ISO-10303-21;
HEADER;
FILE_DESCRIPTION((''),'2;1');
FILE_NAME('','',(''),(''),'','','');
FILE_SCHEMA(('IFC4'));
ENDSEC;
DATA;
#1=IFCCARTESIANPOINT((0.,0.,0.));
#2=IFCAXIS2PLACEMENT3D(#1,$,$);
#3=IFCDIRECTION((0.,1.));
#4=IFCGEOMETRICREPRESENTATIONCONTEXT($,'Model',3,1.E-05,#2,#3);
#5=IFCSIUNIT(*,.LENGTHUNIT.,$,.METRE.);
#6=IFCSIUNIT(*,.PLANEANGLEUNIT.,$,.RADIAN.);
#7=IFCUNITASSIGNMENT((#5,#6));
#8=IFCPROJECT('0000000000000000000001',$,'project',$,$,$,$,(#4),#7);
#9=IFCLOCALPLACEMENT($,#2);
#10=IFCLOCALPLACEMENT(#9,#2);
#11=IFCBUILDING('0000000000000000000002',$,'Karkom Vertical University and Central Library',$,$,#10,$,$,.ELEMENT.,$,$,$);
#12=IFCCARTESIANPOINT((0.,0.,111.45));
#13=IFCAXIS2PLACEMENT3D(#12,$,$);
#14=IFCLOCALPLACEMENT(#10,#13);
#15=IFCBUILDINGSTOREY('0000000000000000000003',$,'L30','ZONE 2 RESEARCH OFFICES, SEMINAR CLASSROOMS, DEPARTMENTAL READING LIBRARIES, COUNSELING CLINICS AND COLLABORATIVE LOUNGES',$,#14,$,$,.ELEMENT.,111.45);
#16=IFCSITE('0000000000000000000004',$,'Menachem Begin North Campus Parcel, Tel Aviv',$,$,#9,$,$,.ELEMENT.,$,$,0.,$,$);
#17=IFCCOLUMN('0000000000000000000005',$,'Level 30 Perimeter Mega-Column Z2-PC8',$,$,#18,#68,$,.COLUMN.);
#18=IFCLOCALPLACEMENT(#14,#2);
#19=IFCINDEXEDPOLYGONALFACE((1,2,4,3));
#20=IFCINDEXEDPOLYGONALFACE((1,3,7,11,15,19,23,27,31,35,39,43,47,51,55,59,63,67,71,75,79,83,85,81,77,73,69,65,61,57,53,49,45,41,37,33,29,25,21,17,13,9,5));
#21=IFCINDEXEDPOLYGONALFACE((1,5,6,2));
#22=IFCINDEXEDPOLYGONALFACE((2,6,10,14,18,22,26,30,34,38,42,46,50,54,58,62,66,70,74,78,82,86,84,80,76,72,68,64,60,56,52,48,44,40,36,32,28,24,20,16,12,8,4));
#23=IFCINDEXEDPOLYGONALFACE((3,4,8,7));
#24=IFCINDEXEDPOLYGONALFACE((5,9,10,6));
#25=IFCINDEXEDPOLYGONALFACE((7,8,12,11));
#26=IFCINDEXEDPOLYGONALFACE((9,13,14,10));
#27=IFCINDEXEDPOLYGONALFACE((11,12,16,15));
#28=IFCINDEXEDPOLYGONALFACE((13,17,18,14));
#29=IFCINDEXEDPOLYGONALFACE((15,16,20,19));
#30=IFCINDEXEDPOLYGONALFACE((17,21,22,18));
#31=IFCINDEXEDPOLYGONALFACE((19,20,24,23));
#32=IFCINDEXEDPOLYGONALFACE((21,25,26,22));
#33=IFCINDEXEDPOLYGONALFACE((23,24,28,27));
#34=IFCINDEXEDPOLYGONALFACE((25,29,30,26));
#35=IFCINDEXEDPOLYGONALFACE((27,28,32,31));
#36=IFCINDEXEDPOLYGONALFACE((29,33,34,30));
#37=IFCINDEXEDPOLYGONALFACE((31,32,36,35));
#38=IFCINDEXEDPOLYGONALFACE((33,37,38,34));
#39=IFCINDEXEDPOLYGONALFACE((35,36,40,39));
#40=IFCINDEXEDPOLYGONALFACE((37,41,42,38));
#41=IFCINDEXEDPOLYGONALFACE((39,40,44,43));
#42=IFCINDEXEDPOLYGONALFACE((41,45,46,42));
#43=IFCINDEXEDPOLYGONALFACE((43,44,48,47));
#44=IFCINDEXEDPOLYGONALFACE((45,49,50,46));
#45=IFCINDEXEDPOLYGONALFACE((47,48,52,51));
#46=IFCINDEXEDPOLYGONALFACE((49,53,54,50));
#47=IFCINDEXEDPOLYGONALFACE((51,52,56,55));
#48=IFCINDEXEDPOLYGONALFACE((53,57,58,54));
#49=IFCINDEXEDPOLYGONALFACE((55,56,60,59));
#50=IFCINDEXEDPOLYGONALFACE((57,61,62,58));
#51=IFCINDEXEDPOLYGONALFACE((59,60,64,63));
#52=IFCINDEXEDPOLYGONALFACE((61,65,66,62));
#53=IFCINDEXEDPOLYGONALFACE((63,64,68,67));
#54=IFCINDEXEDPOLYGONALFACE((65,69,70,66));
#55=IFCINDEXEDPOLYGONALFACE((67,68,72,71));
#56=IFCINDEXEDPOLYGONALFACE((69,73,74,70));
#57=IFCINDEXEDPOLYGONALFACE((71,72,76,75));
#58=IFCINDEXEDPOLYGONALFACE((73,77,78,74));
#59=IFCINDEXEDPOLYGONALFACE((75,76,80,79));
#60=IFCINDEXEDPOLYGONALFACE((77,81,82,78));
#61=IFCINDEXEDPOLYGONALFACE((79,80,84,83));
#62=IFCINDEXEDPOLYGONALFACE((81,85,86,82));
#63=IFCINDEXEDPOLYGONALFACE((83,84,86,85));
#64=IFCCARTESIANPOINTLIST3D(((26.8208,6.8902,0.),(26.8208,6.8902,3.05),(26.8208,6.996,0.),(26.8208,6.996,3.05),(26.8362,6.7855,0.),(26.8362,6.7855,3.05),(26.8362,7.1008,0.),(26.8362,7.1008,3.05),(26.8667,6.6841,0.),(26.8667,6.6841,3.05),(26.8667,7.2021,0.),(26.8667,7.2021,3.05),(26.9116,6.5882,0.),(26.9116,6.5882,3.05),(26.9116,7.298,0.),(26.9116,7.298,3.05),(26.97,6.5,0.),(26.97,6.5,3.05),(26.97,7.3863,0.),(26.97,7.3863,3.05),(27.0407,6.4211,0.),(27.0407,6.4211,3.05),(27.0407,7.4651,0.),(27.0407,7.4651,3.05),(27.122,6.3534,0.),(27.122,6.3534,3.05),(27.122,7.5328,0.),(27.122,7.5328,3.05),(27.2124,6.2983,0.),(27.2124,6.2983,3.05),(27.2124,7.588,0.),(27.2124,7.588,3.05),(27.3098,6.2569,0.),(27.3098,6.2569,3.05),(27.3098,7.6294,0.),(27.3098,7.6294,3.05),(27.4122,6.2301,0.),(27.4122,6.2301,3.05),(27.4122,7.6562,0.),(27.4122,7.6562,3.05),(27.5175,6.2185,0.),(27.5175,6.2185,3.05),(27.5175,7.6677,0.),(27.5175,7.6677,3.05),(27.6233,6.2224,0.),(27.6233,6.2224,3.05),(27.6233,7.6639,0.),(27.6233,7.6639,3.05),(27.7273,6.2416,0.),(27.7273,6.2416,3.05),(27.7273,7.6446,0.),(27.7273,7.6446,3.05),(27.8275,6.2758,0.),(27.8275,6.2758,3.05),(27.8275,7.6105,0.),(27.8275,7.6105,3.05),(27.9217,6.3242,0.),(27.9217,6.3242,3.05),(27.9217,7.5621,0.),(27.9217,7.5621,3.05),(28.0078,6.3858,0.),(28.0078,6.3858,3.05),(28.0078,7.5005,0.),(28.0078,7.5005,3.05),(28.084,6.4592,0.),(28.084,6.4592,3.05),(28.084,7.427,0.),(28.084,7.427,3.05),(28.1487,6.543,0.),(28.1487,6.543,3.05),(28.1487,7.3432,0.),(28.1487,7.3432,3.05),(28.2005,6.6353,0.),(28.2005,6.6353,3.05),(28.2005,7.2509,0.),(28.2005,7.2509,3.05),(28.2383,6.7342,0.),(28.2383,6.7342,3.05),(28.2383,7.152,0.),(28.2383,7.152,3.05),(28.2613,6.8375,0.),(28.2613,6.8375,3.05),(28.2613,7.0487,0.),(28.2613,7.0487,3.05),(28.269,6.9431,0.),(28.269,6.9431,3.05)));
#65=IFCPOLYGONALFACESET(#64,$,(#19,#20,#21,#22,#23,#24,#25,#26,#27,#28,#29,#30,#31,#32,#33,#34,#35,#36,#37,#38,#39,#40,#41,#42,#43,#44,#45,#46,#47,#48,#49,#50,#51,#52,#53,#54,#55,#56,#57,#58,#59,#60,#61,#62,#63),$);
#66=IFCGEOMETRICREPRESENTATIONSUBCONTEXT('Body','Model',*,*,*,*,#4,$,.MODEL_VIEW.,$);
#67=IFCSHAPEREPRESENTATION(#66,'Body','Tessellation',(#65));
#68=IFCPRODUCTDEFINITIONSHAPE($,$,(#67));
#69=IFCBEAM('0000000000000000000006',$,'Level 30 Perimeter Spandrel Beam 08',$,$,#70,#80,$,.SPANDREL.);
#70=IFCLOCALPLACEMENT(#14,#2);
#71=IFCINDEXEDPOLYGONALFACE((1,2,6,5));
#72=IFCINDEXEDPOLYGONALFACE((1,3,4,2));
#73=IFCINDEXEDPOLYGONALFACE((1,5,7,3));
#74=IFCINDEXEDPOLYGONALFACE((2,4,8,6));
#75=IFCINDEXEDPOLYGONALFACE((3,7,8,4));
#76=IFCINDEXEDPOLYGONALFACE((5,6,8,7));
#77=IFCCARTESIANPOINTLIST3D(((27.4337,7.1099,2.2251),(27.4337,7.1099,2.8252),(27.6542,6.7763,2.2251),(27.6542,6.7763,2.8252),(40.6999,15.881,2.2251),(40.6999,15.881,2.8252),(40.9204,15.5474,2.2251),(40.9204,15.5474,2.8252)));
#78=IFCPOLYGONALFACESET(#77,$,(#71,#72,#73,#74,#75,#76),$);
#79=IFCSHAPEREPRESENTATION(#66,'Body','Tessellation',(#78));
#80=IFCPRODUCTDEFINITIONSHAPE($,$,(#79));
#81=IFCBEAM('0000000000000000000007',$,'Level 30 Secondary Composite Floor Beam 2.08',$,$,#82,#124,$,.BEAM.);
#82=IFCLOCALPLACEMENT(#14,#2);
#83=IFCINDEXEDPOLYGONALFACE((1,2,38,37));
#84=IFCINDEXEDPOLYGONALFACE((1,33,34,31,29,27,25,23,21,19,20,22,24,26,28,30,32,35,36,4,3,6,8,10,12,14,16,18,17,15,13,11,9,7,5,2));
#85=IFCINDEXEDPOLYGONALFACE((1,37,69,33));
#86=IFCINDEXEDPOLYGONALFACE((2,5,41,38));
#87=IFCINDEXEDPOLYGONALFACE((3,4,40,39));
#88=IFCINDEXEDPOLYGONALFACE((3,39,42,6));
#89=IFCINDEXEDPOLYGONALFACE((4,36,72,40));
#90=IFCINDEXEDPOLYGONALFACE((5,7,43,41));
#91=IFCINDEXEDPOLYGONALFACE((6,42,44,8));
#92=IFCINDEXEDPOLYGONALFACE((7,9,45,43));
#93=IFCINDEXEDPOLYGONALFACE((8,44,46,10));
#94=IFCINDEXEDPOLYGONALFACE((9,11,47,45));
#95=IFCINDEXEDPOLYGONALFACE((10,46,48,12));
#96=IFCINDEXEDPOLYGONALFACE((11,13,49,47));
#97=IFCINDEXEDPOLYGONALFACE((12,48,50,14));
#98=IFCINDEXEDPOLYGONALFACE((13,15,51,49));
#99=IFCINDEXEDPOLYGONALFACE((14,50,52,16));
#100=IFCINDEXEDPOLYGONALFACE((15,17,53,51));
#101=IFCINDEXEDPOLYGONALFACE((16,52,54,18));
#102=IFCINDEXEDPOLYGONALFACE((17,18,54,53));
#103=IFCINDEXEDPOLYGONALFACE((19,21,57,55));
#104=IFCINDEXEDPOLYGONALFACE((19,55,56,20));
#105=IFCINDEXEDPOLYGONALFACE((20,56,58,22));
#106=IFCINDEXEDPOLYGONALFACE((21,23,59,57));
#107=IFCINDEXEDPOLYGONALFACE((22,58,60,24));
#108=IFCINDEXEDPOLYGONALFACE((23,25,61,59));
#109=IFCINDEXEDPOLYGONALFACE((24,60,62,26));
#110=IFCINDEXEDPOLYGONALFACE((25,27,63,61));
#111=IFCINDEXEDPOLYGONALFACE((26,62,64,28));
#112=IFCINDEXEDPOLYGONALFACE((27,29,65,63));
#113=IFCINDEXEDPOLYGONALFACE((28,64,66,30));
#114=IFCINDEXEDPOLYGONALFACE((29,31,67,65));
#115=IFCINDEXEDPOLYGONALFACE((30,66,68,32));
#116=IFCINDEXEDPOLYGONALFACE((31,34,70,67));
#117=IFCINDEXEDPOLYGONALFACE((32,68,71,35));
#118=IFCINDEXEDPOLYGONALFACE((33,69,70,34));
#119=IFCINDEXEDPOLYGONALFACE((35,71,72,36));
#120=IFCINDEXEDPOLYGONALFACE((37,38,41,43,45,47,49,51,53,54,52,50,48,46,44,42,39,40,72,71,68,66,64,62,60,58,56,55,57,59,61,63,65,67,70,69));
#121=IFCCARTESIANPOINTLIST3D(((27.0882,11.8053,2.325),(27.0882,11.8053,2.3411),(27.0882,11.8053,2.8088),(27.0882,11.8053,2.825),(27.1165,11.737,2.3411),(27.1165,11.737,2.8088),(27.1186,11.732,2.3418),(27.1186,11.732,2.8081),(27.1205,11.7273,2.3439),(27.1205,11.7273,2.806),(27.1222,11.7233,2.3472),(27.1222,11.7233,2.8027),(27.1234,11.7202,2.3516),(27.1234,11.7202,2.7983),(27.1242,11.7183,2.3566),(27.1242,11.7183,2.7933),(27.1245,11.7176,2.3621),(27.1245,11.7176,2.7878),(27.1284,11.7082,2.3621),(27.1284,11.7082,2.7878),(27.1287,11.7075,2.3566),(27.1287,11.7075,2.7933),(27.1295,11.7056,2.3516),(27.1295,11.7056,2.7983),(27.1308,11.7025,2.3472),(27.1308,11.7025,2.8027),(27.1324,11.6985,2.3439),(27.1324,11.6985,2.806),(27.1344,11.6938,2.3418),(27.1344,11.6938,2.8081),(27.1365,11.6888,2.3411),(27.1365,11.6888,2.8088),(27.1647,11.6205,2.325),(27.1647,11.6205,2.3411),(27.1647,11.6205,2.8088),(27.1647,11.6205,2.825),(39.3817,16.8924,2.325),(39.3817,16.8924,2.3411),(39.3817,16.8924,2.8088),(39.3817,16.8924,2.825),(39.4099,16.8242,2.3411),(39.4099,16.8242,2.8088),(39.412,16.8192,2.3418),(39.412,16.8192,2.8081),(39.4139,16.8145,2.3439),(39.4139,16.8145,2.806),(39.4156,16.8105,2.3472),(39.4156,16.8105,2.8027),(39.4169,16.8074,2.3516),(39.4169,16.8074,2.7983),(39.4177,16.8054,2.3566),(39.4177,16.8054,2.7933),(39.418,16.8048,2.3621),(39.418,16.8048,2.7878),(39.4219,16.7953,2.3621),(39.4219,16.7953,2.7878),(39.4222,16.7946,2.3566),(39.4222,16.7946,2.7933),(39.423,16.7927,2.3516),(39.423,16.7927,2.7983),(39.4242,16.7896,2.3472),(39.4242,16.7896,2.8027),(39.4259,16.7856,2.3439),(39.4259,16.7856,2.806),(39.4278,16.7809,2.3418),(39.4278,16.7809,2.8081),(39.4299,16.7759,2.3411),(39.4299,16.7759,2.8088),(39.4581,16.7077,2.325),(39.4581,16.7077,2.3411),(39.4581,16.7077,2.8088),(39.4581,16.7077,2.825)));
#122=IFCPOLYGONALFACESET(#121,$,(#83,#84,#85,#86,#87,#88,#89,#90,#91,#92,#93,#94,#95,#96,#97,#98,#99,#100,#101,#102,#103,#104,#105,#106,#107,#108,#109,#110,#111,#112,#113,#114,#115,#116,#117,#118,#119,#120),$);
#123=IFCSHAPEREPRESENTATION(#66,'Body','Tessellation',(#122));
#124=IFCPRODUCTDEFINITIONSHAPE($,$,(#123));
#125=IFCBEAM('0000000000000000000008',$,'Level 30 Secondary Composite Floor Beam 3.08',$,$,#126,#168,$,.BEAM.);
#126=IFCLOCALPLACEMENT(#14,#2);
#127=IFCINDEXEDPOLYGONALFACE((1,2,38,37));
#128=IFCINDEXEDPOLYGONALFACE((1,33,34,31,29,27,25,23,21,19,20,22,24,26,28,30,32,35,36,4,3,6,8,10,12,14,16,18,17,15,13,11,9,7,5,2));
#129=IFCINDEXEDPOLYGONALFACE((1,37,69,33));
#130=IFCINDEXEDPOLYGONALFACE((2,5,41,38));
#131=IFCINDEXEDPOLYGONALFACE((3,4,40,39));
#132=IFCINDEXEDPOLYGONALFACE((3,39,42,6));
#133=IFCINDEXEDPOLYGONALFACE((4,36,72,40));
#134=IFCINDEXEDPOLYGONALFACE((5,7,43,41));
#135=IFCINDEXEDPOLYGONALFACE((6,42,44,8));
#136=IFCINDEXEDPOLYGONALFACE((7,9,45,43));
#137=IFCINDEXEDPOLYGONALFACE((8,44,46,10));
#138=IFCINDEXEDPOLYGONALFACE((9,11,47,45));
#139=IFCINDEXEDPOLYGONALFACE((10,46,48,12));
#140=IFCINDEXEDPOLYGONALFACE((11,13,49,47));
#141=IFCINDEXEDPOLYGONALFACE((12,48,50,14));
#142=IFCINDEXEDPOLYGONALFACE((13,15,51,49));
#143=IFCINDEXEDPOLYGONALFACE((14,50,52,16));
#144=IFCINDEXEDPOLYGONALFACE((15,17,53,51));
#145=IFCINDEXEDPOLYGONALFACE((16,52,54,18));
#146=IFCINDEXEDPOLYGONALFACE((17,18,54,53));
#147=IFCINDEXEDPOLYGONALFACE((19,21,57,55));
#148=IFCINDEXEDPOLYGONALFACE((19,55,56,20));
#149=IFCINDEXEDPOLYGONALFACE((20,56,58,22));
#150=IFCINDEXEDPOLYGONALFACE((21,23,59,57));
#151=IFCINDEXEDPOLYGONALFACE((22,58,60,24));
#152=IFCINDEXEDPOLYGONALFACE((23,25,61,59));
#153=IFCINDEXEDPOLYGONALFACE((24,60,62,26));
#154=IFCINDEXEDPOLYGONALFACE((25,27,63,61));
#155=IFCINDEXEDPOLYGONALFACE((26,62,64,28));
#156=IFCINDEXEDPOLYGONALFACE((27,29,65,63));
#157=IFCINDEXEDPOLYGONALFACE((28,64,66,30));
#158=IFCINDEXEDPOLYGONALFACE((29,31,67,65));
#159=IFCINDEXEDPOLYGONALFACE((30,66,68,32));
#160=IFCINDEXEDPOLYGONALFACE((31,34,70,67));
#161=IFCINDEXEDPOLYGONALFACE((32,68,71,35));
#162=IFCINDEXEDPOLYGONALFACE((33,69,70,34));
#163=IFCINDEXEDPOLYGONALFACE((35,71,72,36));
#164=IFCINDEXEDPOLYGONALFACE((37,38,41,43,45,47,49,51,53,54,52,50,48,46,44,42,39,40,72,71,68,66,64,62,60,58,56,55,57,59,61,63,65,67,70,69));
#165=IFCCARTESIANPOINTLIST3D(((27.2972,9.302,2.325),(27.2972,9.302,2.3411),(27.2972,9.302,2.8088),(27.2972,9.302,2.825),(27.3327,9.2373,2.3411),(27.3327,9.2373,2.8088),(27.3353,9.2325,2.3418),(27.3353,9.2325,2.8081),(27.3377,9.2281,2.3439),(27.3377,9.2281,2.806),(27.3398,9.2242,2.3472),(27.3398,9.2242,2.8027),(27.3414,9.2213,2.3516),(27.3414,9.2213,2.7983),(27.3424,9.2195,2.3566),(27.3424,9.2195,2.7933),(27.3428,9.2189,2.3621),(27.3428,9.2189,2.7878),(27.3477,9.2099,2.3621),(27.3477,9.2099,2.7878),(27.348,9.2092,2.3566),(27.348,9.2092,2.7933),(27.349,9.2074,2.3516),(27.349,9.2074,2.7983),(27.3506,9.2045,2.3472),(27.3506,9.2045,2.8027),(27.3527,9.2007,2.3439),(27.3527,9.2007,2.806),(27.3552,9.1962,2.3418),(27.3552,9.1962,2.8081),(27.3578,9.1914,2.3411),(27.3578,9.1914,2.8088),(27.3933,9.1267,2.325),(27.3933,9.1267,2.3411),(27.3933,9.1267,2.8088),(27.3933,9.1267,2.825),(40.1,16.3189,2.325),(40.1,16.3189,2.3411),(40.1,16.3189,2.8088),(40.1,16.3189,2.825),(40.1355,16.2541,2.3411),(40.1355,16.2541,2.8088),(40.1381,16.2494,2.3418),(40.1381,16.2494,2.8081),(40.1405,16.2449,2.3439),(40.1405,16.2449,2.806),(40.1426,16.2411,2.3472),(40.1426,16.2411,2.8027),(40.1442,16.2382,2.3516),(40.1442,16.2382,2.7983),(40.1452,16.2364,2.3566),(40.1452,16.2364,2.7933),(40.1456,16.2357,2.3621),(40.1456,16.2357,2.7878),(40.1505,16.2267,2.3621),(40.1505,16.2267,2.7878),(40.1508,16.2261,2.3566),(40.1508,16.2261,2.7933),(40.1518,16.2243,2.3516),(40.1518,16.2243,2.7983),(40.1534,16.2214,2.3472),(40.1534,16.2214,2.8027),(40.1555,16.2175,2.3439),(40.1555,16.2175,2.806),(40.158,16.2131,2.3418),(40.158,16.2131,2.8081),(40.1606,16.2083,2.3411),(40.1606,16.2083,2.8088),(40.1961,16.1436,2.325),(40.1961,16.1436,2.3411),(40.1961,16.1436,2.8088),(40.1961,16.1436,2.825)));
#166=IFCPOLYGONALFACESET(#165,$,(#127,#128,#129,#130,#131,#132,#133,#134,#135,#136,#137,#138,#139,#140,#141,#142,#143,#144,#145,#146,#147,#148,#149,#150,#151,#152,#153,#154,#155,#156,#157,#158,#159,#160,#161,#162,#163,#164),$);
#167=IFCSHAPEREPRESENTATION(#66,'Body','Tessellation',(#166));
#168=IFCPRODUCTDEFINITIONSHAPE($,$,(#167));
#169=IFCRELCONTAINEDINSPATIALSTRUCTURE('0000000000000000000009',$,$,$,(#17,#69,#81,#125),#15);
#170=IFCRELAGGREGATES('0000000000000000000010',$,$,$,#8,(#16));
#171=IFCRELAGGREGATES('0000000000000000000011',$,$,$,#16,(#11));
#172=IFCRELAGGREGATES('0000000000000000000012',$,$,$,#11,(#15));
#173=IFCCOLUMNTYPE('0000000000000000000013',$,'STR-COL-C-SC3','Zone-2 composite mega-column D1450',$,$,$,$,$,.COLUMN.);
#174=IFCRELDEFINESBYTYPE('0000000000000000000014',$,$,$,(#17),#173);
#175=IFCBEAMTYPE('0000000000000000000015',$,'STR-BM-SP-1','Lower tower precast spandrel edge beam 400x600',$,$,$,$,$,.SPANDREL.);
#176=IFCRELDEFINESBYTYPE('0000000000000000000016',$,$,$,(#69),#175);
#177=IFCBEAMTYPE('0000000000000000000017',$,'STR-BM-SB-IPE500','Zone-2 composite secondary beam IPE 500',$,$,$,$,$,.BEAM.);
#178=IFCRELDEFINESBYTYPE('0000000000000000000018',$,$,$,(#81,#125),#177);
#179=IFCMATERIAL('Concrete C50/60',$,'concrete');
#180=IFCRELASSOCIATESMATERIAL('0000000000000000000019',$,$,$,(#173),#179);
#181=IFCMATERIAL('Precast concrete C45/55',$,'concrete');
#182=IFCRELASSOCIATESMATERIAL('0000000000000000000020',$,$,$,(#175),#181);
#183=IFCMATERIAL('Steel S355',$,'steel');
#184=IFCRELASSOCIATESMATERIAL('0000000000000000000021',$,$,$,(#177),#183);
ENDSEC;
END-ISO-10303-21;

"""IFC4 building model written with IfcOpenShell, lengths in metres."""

from ifc_helpers import new_model, si_unit, direction, frame, origin, origin_with_axes, origin_2d, place, context, subcontext, project, spatial, rectangle, circle, i_section, extrude, source, transform, mapped, material, material_profile, profile_set, type_object, element, save


model = new_model("IFC4")

# Units and contexts
model_context = context("Model", 3, precision=1e-05, world=origin(), true_north=direction((0.0, 1.0)))
body_context = subcontext(model_context, "Body", "Model", "MODEL_VIEW")
ifc_project = project(units=[si_unit("LENGTHUNIT", "METRE"), si_unit("PLANEANGLEUNIT", "RADIAN")], contexts=[model_context])

# Site, building, storey
site_placement = place(None, origin())
site = spatial("IfcSite", under=ifc_project, at=site_placement, Name="Menachem Begin North Campus Parcel, Tel Aviv", CompositionType="ELEMENT", RefElevation=0.0)
building_placement = place(site_placement, origin())
building = spatial("IfcBuilding", under=site, at=building_placement, Name="Karkom Vertical University and Central Library", CompositionType="ELEMENT")
storey_placement = place(building_placement, frame((0.0, 0.0, 111.45)))
storey = spatial("IfcBuildingStorey", under=building, at=storey_placement, Name="L30", Description="ZONE 2 RESEARCH OFFICES, SEMINAR CLASSROOMS, DEPARTMENTAL READING LIBRARIES, COUNSELING CLINICS AND COLLABORATIVE LOUNGES", CompositionType="ELEMENT", Elevation=111.45)

# Column
ifc_material_1 = material(Name="Concrete C50/60", Category="concrete")
ifc_material_profile_1 = material_profile(ifc_material_1, circle(Radius=0.7251, at=origin_2d()), Name="CFT-D1450")
ifc_profile_set_1 = profile_set([ifc_material_profile_1], Name="Concrete C50/60")
column_type = type_object("IfcColumnType", Name="STR-COL-C-SC3", Description="Zone-2 composite mega-column D1450", PredefinedType="COLUMN", material=ifc_profile_set_1)
shared_shape_1 = source(origin_with_axes(), body_context, "Body", "SweptSolid", [
    extrude(circle(Radius=0.7251, at=origin_2d()), origin(), (0.0, 0.0, 1.0), 3.05),
])
column_placement = place(storey_placement, frame((27.5439, 6.9431, 0.0), z_axis=(0.0, 0.0, 1.0), x_axis=(1.0, 0.0, 0.0)))
element("IfcColumn", 1, at=column_placement, inside=storey, type_object=column_type, Name="Level 30 Perimeter Mega-Column Z2-PC8", PredefinedType="COLUMN", context=body_context, shape_type="MappedRepresentation", body=[
    mapped(shared_shape_1, transform((0.0, 0.0, 0.0), scale=1.0)),
])

# Beams
ifc_material_2 = material(Name="Precast concrete C45/55", Category="concrete")
ifc_material_profile_2 = material_profile(ifc_material_2, rectangle(XDim=0.3999, YDim=0.6001, at=origin_2d()), Name="SPB-400x600")
ifc_profile_set_2 = profile_set([ifc_material_profile_2], Name="Precast concrete C45/55")
beam_type_1 = type_object("IfcBeamType", Name="STR-BM-SP-1", Description="Lower tower precast spandrel edge beam 400x600", PredefinedType="SPANDREL", material=ifc_profile_set_2)
shared_shape_2 = source(origin_with_axes(), body_context, "Body", "SweptSolid", [
    extrude(rectangle(XDim=0.3999, YDim=0.6001, at=origin_2d()), origin(), (0.0, 0.0, 1.0), 15.9036),
])
beam_1_placement = place(storey_placement, frame((27.5439, 6.9431, 2.5251), z_axis=(0.834165, 0.551515, 0.0), x_axis=(-0.551515, 0.834165, 0.0)))
element("IfcBeam", 2, at=beam_1_placement, inside=storey, type_object=beam_type_1, Name="Level 30 Perimeter Spandrel Beam 08", PredefinedType="SPANDREL", context=body_context, shape_type="MappedRepresentation", body=[
    mapped(shared_shape_2, transform((0.0, 0.0, 0.0), scale=1.0)),
])
ifc_material_3 = material(Name="Steel S355", Category="steel")
ifc_material_profile_3 = material_profile(ifc_material_3, i_section(OverallWidth=0.2, OverallDepth=0.5, WebThickness=0.0103, FlangeThickness=0.0161, FilletRadius=0.021, at=origin_2d()), Name="IPE 500")
ifc_profile_set_3 = profile_set([ifc_material_profile_3], Name="Steel S355")
beam_type_2 = type_object("IfcBeamType", Name="STR-BM-SB-IPE500", Description="Zone-2 composite secondary beam IPE 500", PredefinedType="BEAM", material=ifc_profile_set_3)
shared_shape_3 = source(origin_with_axes(), body_context, "Body", "SweptSolid", [
    extrude(i_section(OverallWidth=0.2, OverallDepth=0.5, WebThickness=0.0103, FlangeThickness=0.0161, FilletRadius=0.021, at=origin_2d()), origin(), (0.0, 0.0, 1.0), 13.3044),
])
beam_2_placement = place(storey_placement, frame((27.1265, 11.7129, 2.575), z_axis=(0.924011, 0.382365, 0.0), x_axis=(-0.382365, 0.924011, 0.0)))
element("IfcBeam", 3, at=beam_2_placement, inside=storey, type_object=beam_type_2, Name="Level 30 Secondary Composite Floor Beam 2.08", PredefinedType="BEAM", context=body_context, shape_type="MappedRepresentation", body=[
    mapped(shared_shape_3, transform((0.0, 0.0, 0.0), scale=1.0)),
])
shared_shape_4 = source(origin_with_axes(), body_context, "Body", "SweptSolid", [
    extrude(i_section(OverallWidth=0.2, OverallDepth=0.5, WebThickness=0.0103, FlangeThickness=0.0161, FilletRadius=0.021, at=origin_2d()), origin(), (0.0, 0.0, 1.0), 14.5996),
])
beam_3_placement = place(storey_placement, frame((27.3452, 9.2144, 2.575), z_axis=(0.876928, 0.480622, 0.0), x_axis=(-0.480622, 0.876928, 0.0)))
element("IfcBeam", 4, at=beam_3_placement, inside=storey, type_object=beam_type_2, Name="Level 30 Secondary Composite Floor Beam 3.08", PredefinedType="BEAM", context=body_context, shape_type="MappedRepresentation", body=[
    mapped(shared_shape_4, transform((0.0, 0.0, 0.0), scale=1.0)),
])

save(model, "model.ifc")
